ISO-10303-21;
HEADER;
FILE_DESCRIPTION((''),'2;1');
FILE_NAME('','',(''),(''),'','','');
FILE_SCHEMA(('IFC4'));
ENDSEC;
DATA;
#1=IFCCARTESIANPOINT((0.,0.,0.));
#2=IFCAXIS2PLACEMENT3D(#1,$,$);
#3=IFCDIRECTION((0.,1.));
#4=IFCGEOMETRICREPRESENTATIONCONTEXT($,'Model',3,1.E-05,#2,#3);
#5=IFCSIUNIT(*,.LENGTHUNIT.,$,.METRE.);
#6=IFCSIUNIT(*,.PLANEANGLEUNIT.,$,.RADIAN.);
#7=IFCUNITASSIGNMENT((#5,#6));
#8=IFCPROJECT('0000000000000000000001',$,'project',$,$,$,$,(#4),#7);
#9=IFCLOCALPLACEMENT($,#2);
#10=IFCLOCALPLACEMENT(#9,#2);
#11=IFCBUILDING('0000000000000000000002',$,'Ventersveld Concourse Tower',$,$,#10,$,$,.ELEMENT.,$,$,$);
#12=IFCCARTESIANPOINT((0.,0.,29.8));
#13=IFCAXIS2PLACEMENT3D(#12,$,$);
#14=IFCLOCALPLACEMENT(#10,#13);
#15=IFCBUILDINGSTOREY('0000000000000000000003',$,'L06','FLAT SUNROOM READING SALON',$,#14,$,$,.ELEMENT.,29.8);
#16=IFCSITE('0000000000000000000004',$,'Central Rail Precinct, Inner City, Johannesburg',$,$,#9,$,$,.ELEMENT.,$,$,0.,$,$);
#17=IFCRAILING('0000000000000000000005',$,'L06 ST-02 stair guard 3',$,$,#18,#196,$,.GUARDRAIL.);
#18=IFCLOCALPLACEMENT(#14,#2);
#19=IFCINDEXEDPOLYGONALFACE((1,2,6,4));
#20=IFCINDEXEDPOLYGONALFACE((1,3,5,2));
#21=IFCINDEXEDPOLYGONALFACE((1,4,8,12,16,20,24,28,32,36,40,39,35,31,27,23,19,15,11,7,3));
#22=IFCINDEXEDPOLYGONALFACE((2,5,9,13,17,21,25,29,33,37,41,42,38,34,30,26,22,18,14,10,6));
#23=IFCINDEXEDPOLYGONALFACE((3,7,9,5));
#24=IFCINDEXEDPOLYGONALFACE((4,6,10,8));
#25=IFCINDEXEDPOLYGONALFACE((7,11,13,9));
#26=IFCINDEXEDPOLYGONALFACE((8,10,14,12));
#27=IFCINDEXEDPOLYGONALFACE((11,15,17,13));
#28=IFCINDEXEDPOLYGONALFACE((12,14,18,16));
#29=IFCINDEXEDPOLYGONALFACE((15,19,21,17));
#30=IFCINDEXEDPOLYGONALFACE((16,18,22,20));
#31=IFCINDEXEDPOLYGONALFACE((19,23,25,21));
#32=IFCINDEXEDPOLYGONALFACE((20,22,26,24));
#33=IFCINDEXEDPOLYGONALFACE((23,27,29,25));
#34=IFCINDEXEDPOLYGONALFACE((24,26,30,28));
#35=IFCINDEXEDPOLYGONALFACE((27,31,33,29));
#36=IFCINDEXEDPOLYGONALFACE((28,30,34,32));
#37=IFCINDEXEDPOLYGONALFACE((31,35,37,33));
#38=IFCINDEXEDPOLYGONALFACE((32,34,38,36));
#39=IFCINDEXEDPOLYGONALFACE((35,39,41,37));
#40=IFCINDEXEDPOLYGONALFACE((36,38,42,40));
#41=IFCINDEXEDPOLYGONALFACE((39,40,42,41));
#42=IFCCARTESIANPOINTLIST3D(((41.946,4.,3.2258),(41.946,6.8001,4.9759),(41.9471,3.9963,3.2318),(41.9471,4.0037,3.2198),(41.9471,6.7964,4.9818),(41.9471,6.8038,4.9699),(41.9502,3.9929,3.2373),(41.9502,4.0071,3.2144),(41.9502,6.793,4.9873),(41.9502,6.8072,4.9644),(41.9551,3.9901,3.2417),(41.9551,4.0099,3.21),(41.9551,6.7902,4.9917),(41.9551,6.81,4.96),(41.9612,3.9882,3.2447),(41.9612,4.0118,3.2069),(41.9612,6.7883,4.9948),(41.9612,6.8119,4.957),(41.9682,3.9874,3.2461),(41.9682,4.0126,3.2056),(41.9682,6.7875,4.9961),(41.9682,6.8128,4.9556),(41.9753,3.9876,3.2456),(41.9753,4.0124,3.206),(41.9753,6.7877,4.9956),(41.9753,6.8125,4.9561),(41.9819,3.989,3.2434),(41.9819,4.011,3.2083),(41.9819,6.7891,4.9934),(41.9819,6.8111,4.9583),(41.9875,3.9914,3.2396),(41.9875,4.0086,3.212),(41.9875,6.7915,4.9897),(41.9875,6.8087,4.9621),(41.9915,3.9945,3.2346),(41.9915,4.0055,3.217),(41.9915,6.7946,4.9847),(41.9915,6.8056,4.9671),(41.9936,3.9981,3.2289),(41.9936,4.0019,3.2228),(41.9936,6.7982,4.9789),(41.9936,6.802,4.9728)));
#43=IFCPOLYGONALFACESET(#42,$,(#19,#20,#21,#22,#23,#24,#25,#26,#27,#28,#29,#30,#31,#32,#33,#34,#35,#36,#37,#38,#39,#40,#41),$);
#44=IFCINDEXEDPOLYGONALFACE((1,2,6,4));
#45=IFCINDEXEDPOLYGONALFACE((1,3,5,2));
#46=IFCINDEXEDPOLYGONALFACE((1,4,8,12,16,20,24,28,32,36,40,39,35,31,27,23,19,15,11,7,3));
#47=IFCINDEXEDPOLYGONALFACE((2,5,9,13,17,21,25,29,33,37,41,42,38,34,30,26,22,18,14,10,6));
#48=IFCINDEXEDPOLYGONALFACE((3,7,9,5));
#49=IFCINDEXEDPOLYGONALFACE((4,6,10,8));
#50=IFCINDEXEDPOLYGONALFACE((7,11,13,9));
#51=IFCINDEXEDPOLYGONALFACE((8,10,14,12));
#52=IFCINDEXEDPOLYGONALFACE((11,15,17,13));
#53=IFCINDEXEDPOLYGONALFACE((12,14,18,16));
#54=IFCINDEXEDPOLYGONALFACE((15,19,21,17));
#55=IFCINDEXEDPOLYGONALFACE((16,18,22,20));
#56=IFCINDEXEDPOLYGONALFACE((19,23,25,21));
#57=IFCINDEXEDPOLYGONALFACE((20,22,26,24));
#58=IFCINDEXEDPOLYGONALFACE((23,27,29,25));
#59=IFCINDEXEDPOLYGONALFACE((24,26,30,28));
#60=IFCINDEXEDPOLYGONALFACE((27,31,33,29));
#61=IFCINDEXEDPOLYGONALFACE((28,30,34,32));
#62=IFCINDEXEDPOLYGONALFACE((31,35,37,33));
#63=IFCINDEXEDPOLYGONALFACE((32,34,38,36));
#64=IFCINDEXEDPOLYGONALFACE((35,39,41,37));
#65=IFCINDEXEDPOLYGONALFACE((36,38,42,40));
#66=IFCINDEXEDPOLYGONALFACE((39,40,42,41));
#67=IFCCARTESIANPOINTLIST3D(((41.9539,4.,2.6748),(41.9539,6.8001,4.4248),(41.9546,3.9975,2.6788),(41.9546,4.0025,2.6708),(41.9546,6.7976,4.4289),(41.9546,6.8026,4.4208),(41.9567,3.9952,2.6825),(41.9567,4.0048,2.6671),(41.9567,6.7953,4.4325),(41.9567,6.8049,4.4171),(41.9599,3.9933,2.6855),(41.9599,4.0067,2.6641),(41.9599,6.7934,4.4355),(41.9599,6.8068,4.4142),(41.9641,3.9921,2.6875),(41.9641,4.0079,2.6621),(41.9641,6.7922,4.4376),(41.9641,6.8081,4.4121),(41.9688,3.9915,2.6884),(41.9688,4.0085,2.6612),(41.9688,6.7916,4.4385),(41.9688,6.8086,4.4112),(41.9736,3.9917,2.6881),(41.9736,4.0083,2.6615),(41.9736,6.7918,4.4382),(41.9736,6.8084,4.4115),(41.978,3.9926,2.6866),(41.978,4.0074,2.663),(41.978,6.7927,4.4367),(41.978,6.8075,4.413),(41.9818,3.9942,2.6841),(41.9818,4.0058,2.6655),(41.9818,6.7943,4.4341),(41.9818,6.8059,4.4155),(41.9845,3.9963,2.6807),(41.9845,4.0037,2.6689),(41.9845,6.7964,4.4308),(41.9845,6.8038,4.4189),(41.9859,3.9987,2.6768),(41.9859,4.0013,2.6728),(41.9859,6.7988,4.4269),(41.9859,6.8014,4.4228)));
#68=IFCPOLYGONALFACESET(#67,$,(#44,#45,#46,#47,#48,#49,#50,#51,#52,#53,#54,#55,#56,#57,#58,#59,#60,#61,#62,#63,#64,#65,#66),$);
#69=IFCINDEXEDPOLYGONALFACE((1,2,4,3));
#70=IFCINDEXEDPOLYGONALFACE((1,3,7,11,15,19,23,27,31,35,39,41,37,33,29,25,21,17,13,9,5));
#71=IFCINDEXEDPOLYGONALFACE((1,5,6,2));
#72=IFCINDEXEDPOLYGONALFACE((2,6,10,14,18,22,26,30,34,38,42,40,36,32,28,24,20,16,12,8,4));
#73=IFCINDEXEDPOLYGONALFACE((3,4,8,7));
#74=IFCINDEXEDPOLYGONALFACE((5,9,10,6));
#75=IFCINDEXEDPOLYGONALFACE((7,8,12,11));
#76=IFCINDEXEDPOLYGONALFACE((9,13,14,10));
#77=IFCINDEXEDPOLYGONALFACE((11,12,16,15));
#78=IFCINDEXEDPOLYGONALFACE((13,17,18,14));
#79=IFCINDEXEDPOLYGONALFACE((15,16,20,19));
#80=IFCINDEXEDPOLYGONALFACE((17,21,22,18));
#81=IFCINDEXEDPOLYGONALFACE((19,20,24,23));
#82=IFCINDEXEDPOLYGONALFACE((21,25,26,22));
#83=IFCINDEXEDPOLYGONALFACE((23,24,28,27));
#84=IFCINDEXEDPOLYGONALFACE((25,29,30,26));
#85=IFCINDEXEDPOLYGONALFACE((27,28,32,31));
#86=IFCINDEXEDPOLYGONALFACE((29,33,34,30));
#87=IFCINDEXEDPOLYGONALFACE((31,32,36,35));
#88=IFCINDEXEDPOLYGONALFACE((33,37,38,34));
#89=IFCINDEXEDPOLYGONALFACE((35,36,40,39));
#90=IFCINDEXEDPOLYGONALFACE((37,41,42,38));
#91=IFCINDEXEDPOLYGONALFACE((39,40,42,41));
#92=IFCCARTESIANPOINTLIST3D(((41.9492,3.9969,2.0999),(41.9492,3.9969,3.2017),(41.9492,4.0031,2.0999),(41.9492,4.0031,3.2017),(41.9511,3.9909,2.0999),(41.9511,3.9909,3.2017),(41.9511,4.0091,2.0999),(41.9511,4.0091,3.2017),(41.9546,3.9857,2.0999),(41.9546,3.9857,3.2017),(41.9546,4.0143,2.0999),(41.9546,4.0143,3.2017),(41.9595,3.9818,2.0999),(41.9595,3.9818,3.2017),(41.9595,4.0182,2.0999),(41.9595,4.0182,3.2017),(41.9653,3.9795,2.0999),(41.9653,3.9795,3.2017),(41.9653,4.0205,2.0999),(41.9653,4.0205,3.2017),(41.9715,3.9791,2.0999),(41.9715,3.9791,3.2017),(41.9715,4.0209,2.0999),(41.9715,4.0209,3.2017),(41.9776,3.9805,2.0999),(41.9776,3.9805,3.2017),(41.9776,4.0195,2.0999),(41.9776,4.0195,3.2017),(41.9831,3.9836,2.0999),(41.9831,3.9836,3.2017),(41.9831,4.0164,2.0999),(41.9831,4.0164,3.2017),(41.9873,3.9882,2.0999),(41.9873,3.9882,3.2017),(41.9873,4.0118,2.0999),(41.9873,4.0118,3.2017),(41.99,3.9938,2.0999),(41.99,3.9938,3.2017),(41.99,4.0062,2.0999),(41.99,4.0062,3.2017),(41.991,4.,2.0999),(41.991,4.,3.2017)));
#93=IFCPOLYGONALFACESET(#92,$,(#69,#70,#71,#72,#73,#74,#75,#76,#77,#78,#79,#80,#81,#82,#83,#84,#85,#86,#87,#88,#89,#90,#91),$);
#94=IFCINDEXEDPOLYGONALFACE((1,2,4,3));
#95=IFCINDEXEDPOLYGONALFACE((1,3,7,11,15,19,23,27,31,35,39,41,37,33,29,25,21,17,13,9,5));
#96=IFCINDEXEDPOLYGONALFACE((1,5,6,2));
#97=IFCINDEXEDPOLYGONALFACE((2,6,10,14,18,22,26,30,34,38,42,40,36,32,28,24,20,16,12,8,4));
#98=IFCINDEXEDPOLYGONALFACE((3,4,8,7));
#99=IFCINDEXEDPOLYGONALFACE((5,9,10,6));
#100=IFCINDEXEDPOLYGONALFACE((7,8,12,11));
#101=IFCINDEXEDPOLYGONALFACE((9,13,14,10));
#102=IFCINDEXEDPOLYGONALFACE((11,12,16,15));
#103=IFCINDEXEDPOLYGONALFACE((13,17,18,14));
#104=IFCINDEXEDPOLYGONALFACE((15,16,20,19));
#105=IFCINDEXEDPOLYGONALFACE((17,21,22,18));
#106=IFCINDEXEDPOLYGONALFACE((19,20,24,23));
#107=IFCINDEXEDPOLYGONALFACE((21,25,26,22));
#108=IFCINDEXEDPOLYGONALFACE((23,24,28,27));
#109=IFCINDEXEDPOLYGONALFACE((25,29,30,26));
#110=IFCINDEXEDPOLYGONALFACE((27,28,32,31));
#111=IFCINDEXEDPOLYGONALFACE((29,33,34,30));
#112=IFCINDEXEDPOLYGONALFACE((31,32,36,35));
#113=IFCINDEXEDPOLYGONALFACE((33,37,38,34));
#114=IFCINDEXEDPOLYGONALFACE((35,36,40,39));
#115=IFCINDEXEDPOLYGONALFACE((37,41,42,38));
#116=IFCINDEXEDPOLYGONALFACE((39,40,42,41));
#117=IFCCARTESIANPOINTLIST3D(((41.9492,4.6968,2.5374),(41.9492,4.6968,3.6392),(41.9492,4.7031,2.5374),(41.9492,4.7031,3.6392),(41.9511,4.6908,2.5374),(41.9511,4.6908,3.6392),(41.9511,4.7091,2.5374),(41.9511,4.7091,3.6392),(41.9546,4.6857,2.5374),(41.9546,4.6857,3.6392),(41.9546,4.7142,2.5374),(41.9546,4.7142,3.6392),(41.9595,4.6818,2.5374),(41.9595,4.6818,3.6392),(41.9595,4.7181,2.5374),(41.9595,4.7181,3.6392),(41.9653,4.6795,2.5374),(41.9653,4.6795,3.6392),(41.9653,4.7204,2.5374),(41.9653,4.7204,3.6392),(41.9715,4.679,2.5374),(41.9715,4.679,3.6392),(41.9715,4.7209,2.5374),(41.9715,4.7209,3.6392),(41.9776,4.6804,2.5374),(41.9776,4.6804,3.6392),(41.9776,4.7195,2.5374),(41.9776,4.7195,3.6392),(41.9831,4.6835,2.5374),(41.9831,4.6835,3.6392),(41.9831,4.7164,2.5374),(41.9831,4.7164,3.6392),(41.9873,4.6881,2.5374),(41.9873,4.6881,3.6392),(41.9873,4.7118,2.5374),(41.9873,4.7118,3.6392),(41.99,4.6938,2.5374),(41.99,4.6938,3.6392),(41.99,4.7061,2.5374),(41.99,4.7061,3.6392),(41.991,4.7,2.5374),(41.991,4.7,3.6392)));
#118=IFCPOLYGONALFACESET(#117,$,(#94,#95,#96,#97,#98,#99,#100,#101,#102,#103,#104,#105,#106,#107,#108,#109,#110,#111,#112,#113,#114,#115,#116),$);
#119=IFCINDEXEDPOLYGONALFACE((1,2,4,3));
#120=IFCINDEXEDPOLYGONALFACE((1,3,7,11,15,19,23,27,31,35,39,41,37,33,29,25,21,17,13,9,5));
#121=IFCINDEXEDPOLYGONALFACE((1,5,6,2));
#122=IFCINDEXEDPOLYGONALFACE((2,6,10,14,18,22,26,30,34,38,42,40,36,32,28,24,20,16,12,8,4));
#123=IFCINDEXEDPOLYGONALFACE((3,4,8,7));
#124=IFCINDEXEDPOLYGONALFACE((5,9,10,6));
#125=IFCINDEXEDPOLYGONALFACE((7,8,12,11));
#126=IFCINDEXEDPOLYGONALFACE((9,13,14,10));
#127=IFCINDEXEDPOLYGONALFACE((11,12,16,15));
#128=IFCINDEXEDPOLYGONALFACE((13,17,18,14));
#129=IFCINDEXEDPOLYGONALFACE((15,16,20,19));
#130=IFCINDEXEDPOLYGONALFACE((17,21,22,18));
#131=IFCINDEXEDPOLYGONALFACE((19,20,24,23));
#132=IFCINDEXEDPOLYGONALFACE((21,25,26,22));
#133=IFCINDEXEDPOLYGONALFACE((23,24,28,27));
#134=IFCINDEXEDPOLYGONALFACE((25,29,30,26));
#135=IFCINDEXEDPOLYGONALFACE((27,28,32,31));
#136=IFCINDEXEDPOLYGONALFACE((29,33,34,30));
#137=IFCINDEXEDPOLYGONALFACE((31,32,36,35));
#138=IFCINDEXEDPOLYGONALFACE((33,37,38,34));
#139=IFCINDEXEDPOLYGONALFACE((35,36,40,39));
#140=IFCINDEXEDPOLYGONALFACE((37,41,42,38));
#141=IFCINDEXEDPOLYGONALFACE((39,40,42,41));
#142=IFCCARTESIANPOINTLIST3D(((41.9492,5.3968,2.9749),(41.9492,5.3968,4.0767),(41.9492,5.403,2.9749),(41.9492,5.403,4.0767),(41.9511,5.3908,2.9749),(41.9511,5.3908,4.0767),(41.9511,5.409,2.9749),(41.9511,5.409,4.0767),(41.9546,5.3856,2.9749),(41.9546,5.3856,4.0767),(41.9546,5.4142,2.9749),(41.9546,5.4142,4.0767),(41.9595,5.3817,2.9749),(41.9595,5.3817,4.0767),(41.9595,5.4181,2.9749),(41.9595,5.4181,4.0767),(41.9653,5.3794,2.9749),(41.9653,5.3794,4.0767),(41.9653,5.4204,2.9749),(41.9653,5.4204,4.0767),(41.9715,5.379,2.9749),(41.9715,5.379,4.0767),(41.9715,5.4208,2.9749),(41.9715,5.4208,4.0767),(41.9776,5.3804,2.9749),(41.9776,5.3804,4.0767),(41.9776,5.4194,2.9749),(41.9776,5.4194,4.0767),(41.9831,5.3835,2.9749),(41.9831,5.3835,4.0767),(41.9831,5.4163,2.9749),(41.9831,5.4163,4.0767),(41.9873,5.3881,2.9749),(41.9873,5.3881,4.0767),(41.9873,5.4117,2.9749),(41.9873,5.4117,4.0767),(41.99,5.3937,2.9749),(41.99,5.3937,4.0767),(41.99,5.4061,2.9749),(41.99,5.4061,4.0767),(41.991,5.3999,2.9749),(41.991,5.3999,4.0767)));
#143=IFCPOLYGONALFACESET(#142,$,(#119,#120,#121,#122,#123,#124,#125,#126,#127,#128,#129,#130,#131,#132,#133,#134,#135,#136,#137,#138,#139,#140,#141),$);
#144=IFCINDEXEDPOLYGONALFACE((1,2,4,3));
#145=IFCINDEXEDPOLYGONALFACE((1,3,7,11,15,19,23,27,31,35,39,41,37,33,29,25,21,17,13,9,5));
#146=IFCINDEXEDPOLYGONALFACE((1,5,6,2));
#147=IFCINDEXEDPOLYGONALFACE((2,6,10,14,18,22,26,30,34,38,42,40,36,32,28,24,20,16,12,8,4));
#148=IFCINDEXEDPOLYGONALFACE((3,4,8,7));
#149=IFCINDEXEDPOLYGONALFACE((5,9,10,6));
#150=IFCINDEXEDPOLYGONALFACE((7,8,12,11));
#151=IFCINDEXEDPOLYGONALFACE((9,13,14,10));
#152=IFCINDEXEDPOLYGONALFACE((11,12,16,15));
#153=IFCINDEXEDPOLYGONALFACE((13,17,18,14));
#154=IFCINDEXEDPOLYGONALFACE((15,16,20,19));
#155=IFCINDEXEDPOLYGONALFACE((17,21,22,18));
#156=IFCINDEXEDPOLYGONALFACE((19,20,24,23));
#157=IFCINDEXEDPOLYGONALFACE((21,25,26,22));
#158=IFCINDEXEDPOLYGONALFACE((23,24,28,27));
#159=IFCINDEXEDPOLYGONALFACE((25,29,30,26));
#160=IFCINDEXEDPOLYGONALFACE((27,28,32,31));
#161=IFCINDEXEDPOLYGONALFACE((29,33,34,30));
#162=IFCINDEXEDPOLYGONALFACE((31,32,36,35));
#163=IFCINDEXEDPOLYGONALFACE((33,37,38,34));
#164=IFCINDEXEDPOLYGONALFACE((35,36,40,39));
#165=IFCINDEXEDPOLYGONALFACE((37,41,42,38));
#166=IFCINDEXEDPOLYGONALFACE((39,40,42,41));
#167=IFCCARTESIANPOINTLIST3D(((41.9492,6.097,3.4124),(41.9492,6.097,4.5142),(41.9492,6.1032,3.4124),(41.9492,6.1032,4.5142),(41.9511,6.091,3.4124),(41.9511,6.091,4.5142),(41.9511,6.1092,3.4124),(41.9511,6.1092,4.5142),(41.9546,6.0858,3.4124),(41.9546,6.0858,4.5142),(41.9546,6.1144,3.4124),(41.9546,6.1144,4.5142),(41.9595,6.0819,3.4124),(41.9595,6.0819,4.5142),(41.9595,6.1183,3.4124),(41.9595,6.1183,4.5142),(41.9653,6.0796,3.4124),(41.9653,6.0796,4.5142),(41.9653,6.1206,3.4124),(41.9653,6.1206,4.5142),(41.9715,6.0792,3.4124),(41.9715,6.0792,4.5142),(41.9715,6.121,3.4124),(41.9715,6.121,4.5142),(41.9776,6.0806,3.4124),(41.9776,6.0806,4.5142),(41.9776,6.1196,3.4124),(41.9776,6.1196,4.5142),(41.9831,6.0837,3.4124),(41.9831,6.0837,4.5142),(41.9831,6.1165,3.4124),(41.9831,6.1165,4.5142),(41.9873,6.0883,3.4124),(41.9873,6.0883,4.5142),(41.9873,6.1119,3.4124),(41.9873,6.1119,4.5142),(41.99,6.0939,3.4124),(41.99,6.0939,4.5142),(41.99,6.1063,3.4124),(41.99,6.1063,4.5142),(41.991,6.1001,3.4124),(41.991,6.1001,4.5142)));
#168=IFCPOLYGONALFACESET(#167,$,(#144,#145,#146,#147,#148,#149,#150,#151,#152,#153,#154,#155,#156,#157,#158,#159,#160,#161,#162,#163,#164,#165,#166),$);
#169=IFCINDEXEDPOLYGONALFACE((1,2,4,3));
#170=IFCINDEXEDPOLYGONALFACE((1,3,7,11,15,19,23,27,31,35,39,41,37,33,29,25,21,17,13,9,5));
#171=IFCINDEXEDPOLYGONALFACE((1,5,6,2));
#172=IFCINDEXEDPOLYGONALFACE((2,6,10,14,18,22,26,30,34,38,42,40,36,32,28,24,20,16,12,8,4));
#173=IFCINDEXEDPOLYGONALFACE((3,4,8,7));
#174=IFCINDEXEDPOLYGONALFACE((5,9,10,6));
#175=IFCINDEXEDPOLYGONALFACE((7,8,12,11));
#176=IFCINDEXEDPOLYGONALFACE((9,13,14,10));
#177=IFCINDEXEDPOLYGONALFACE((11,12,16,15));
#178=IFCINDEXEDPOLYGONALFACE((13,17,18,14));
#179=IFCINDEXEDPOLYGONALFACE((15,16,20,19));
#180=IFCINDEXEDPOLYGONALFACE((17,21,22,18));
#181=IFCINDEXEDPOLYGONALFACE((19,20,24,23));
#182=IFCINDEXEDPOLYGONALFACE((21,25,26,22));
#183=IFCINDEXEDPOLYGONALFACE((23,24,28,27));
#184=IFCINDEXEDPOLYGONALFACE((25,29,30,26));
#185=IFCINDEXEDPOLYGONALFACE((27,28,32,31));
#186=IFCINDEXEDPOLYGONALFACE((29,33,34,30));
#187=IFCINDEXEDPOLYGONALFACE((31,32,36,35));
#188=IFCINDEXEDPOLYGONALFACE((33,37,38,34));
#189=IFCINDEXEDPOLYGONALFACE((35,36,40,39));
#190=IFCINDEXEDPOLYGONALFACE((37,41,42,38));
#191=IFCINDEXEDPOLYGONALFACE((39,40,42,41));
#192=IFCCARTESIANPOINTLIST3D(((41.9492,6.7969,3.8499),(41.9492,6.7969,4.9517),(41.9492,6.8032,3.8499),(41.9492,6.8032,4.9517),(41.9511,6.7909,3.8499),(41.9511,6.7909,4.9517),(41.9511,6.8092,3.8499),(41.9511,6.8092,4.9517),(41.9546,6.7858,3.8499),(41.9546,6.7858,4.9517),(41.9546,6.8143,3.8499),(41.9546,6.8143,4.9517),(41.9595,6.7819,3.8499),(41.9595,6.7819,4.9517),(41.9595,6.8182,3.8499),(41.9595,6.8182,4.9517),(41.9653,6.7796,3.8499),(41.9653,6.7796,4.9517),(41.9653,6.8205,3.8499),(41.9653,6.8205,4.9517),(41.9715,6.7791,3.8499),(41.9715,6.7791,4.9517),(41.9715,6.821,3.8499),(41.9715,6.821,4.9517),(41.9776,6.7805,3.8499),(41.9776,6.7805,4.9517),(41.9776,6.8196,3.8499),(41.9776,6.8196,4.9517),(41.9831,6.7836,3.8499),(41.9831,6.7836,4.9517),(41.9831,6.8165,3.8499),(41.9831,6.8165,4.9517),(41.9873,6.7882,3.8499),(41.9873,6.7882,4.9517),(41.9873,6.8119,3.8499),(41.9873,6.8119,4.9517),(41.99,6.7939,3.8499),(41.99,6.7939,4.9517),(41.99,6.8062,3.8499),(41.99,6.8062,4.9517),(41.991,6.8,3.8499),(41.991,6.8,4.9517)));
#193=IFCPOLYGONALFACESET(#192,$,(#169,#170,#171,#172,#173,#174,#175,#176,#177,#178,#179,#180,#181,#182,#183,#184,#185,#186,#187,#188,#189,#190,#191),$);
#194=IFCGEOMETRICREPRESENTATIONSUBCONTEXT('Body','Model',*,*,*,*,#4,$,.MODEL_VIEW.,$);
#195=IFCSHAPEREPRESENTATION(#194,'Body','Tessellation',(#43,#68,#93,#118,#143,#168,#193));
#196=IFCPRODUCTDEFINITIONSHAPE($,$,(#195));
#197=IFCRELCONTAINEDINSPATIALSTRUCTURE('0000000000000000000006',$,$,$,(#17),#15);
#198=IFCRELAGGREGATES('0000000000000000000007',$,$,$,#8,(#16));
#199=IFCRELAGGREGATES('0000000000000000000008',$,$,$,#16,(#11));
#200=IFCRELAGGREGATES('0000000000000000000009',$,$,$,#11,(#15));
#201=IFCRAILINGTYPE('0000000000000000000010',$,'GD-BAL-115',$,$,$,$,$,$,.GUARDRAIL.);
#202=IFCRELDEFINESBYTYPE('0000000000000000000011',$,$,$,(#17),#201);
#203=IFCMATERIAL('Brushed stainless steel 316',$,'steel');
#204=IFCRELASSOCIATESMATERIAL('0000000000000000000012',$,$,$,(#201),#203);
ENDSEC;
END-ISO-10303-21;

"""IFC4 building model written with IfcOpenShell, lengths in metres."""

from ifc_helpers import new_model, si_unit, direction, frame, origin, origin_2d, place, context, subcontext, project, spatial, circle, extrude, material, type_object, element, save


model = new_model("IFC4")

# Units and contexts
model_context = context("Model", 3, precision=1e-05, world=origin(), true_north=direction((0.0, 1.0)))
body_context = subcontext(model_context, "Body", "Model", "MODEL_VIEW")
ifc_project = project(units=[si_unit("LENGTHUNIT", "METRE"), si_unit("PLANEANGLEUNIT", "RADIAN")], contexts=[model_context])

# Site, building, storey
site_placement = place(None, origin())
site = spatial("IfcSite", under=ifc_project, at=site_placement, Name="Central Rail Precinct, Inner City, Johannesburg", CompositionType="ELEMENT", RefElevation=0.0)
building_placement = place(site_placement, origin())
building = spatial("IfcBuilding", under=site, at=building_placement, Name="Ventersveld Concourse Tower", CompositionType="ELEMENT")
storey_placement = place(building_placement, frame((0.0, 0.0, 29.8)))
storey = spatial("IfcBuildingStorey", under=building, at=storey_placement, Name="L06", Description="FLAT SUNROOM READING SALON", CompositionType="ELEMENT", Elevation=29.8)

# Railing
ifc_material_1 = material(Name="Brushed stainless steel 316", Category="steel")
railing_type_1 = type_object("IfcRailingType", Name="GD-BAL-115", PredefinedType="GUARDRAIL", material=ifc_material_1)
railing_1_placement = place(storey_placement, frame((41.97, 4.0, 2.0999)))
element("IfcRailing", 1, at=railing_1_placement, inside=storey, type_object=railing_type_1, Name="L06 ST-02 stair guard 3", PredefinedType="GUARDRAIL", context=body_context, shape_type="SweptSolid", body=[
    extrude(circle(Radius=0.0239, at=origin_2d()), frame((0.0, 0.0, 1.126), z_axis=(0.0, 0.848002, 0.529992), x_axis=(-1.0, 0.0, 0.0)), (0.0, 0.0, 1.0), 3.302),
    extrude(circle(Radius=0.0161, at=origin_2d()), frame((0.0, 0.0, 0.575), z_axis=(0.0, 0.848002, 0.529992), x_axis=(-1.0, 0.0, 0.0)), (0.0, 0.0, 1.0), 3.302),
    extrude(circle(Radius=0.021, at=origin_2d()), origin(), (0.0, 0.0, 1.0), 1.1018),
    extrude(circle(Radius=0.021, at=origin_2d()), frame((0.0, 0.7, 0.4375)), (0.0, 0.0, 1.0), 1.1018),
    extrude(circle(Radius=0.021, at=origin_2d()), frame((0.0, 1.3999, 0.875)), (0.0, 0.0, 1.0), 1.1018),
    extrude(circle(Radius=0.021, at=origin_2d()), frame((0.0, 2.1001, 1.3125)), (0.0, 0.0, 1.0), 1.1018),
    extrude(circle(Radius=0.021, at=origin_2d()), frame((0.0, 2.8, 1.75)), (0.0, 0.0, 1.0), 1.1018),
])

save(model, "model.ifc")
